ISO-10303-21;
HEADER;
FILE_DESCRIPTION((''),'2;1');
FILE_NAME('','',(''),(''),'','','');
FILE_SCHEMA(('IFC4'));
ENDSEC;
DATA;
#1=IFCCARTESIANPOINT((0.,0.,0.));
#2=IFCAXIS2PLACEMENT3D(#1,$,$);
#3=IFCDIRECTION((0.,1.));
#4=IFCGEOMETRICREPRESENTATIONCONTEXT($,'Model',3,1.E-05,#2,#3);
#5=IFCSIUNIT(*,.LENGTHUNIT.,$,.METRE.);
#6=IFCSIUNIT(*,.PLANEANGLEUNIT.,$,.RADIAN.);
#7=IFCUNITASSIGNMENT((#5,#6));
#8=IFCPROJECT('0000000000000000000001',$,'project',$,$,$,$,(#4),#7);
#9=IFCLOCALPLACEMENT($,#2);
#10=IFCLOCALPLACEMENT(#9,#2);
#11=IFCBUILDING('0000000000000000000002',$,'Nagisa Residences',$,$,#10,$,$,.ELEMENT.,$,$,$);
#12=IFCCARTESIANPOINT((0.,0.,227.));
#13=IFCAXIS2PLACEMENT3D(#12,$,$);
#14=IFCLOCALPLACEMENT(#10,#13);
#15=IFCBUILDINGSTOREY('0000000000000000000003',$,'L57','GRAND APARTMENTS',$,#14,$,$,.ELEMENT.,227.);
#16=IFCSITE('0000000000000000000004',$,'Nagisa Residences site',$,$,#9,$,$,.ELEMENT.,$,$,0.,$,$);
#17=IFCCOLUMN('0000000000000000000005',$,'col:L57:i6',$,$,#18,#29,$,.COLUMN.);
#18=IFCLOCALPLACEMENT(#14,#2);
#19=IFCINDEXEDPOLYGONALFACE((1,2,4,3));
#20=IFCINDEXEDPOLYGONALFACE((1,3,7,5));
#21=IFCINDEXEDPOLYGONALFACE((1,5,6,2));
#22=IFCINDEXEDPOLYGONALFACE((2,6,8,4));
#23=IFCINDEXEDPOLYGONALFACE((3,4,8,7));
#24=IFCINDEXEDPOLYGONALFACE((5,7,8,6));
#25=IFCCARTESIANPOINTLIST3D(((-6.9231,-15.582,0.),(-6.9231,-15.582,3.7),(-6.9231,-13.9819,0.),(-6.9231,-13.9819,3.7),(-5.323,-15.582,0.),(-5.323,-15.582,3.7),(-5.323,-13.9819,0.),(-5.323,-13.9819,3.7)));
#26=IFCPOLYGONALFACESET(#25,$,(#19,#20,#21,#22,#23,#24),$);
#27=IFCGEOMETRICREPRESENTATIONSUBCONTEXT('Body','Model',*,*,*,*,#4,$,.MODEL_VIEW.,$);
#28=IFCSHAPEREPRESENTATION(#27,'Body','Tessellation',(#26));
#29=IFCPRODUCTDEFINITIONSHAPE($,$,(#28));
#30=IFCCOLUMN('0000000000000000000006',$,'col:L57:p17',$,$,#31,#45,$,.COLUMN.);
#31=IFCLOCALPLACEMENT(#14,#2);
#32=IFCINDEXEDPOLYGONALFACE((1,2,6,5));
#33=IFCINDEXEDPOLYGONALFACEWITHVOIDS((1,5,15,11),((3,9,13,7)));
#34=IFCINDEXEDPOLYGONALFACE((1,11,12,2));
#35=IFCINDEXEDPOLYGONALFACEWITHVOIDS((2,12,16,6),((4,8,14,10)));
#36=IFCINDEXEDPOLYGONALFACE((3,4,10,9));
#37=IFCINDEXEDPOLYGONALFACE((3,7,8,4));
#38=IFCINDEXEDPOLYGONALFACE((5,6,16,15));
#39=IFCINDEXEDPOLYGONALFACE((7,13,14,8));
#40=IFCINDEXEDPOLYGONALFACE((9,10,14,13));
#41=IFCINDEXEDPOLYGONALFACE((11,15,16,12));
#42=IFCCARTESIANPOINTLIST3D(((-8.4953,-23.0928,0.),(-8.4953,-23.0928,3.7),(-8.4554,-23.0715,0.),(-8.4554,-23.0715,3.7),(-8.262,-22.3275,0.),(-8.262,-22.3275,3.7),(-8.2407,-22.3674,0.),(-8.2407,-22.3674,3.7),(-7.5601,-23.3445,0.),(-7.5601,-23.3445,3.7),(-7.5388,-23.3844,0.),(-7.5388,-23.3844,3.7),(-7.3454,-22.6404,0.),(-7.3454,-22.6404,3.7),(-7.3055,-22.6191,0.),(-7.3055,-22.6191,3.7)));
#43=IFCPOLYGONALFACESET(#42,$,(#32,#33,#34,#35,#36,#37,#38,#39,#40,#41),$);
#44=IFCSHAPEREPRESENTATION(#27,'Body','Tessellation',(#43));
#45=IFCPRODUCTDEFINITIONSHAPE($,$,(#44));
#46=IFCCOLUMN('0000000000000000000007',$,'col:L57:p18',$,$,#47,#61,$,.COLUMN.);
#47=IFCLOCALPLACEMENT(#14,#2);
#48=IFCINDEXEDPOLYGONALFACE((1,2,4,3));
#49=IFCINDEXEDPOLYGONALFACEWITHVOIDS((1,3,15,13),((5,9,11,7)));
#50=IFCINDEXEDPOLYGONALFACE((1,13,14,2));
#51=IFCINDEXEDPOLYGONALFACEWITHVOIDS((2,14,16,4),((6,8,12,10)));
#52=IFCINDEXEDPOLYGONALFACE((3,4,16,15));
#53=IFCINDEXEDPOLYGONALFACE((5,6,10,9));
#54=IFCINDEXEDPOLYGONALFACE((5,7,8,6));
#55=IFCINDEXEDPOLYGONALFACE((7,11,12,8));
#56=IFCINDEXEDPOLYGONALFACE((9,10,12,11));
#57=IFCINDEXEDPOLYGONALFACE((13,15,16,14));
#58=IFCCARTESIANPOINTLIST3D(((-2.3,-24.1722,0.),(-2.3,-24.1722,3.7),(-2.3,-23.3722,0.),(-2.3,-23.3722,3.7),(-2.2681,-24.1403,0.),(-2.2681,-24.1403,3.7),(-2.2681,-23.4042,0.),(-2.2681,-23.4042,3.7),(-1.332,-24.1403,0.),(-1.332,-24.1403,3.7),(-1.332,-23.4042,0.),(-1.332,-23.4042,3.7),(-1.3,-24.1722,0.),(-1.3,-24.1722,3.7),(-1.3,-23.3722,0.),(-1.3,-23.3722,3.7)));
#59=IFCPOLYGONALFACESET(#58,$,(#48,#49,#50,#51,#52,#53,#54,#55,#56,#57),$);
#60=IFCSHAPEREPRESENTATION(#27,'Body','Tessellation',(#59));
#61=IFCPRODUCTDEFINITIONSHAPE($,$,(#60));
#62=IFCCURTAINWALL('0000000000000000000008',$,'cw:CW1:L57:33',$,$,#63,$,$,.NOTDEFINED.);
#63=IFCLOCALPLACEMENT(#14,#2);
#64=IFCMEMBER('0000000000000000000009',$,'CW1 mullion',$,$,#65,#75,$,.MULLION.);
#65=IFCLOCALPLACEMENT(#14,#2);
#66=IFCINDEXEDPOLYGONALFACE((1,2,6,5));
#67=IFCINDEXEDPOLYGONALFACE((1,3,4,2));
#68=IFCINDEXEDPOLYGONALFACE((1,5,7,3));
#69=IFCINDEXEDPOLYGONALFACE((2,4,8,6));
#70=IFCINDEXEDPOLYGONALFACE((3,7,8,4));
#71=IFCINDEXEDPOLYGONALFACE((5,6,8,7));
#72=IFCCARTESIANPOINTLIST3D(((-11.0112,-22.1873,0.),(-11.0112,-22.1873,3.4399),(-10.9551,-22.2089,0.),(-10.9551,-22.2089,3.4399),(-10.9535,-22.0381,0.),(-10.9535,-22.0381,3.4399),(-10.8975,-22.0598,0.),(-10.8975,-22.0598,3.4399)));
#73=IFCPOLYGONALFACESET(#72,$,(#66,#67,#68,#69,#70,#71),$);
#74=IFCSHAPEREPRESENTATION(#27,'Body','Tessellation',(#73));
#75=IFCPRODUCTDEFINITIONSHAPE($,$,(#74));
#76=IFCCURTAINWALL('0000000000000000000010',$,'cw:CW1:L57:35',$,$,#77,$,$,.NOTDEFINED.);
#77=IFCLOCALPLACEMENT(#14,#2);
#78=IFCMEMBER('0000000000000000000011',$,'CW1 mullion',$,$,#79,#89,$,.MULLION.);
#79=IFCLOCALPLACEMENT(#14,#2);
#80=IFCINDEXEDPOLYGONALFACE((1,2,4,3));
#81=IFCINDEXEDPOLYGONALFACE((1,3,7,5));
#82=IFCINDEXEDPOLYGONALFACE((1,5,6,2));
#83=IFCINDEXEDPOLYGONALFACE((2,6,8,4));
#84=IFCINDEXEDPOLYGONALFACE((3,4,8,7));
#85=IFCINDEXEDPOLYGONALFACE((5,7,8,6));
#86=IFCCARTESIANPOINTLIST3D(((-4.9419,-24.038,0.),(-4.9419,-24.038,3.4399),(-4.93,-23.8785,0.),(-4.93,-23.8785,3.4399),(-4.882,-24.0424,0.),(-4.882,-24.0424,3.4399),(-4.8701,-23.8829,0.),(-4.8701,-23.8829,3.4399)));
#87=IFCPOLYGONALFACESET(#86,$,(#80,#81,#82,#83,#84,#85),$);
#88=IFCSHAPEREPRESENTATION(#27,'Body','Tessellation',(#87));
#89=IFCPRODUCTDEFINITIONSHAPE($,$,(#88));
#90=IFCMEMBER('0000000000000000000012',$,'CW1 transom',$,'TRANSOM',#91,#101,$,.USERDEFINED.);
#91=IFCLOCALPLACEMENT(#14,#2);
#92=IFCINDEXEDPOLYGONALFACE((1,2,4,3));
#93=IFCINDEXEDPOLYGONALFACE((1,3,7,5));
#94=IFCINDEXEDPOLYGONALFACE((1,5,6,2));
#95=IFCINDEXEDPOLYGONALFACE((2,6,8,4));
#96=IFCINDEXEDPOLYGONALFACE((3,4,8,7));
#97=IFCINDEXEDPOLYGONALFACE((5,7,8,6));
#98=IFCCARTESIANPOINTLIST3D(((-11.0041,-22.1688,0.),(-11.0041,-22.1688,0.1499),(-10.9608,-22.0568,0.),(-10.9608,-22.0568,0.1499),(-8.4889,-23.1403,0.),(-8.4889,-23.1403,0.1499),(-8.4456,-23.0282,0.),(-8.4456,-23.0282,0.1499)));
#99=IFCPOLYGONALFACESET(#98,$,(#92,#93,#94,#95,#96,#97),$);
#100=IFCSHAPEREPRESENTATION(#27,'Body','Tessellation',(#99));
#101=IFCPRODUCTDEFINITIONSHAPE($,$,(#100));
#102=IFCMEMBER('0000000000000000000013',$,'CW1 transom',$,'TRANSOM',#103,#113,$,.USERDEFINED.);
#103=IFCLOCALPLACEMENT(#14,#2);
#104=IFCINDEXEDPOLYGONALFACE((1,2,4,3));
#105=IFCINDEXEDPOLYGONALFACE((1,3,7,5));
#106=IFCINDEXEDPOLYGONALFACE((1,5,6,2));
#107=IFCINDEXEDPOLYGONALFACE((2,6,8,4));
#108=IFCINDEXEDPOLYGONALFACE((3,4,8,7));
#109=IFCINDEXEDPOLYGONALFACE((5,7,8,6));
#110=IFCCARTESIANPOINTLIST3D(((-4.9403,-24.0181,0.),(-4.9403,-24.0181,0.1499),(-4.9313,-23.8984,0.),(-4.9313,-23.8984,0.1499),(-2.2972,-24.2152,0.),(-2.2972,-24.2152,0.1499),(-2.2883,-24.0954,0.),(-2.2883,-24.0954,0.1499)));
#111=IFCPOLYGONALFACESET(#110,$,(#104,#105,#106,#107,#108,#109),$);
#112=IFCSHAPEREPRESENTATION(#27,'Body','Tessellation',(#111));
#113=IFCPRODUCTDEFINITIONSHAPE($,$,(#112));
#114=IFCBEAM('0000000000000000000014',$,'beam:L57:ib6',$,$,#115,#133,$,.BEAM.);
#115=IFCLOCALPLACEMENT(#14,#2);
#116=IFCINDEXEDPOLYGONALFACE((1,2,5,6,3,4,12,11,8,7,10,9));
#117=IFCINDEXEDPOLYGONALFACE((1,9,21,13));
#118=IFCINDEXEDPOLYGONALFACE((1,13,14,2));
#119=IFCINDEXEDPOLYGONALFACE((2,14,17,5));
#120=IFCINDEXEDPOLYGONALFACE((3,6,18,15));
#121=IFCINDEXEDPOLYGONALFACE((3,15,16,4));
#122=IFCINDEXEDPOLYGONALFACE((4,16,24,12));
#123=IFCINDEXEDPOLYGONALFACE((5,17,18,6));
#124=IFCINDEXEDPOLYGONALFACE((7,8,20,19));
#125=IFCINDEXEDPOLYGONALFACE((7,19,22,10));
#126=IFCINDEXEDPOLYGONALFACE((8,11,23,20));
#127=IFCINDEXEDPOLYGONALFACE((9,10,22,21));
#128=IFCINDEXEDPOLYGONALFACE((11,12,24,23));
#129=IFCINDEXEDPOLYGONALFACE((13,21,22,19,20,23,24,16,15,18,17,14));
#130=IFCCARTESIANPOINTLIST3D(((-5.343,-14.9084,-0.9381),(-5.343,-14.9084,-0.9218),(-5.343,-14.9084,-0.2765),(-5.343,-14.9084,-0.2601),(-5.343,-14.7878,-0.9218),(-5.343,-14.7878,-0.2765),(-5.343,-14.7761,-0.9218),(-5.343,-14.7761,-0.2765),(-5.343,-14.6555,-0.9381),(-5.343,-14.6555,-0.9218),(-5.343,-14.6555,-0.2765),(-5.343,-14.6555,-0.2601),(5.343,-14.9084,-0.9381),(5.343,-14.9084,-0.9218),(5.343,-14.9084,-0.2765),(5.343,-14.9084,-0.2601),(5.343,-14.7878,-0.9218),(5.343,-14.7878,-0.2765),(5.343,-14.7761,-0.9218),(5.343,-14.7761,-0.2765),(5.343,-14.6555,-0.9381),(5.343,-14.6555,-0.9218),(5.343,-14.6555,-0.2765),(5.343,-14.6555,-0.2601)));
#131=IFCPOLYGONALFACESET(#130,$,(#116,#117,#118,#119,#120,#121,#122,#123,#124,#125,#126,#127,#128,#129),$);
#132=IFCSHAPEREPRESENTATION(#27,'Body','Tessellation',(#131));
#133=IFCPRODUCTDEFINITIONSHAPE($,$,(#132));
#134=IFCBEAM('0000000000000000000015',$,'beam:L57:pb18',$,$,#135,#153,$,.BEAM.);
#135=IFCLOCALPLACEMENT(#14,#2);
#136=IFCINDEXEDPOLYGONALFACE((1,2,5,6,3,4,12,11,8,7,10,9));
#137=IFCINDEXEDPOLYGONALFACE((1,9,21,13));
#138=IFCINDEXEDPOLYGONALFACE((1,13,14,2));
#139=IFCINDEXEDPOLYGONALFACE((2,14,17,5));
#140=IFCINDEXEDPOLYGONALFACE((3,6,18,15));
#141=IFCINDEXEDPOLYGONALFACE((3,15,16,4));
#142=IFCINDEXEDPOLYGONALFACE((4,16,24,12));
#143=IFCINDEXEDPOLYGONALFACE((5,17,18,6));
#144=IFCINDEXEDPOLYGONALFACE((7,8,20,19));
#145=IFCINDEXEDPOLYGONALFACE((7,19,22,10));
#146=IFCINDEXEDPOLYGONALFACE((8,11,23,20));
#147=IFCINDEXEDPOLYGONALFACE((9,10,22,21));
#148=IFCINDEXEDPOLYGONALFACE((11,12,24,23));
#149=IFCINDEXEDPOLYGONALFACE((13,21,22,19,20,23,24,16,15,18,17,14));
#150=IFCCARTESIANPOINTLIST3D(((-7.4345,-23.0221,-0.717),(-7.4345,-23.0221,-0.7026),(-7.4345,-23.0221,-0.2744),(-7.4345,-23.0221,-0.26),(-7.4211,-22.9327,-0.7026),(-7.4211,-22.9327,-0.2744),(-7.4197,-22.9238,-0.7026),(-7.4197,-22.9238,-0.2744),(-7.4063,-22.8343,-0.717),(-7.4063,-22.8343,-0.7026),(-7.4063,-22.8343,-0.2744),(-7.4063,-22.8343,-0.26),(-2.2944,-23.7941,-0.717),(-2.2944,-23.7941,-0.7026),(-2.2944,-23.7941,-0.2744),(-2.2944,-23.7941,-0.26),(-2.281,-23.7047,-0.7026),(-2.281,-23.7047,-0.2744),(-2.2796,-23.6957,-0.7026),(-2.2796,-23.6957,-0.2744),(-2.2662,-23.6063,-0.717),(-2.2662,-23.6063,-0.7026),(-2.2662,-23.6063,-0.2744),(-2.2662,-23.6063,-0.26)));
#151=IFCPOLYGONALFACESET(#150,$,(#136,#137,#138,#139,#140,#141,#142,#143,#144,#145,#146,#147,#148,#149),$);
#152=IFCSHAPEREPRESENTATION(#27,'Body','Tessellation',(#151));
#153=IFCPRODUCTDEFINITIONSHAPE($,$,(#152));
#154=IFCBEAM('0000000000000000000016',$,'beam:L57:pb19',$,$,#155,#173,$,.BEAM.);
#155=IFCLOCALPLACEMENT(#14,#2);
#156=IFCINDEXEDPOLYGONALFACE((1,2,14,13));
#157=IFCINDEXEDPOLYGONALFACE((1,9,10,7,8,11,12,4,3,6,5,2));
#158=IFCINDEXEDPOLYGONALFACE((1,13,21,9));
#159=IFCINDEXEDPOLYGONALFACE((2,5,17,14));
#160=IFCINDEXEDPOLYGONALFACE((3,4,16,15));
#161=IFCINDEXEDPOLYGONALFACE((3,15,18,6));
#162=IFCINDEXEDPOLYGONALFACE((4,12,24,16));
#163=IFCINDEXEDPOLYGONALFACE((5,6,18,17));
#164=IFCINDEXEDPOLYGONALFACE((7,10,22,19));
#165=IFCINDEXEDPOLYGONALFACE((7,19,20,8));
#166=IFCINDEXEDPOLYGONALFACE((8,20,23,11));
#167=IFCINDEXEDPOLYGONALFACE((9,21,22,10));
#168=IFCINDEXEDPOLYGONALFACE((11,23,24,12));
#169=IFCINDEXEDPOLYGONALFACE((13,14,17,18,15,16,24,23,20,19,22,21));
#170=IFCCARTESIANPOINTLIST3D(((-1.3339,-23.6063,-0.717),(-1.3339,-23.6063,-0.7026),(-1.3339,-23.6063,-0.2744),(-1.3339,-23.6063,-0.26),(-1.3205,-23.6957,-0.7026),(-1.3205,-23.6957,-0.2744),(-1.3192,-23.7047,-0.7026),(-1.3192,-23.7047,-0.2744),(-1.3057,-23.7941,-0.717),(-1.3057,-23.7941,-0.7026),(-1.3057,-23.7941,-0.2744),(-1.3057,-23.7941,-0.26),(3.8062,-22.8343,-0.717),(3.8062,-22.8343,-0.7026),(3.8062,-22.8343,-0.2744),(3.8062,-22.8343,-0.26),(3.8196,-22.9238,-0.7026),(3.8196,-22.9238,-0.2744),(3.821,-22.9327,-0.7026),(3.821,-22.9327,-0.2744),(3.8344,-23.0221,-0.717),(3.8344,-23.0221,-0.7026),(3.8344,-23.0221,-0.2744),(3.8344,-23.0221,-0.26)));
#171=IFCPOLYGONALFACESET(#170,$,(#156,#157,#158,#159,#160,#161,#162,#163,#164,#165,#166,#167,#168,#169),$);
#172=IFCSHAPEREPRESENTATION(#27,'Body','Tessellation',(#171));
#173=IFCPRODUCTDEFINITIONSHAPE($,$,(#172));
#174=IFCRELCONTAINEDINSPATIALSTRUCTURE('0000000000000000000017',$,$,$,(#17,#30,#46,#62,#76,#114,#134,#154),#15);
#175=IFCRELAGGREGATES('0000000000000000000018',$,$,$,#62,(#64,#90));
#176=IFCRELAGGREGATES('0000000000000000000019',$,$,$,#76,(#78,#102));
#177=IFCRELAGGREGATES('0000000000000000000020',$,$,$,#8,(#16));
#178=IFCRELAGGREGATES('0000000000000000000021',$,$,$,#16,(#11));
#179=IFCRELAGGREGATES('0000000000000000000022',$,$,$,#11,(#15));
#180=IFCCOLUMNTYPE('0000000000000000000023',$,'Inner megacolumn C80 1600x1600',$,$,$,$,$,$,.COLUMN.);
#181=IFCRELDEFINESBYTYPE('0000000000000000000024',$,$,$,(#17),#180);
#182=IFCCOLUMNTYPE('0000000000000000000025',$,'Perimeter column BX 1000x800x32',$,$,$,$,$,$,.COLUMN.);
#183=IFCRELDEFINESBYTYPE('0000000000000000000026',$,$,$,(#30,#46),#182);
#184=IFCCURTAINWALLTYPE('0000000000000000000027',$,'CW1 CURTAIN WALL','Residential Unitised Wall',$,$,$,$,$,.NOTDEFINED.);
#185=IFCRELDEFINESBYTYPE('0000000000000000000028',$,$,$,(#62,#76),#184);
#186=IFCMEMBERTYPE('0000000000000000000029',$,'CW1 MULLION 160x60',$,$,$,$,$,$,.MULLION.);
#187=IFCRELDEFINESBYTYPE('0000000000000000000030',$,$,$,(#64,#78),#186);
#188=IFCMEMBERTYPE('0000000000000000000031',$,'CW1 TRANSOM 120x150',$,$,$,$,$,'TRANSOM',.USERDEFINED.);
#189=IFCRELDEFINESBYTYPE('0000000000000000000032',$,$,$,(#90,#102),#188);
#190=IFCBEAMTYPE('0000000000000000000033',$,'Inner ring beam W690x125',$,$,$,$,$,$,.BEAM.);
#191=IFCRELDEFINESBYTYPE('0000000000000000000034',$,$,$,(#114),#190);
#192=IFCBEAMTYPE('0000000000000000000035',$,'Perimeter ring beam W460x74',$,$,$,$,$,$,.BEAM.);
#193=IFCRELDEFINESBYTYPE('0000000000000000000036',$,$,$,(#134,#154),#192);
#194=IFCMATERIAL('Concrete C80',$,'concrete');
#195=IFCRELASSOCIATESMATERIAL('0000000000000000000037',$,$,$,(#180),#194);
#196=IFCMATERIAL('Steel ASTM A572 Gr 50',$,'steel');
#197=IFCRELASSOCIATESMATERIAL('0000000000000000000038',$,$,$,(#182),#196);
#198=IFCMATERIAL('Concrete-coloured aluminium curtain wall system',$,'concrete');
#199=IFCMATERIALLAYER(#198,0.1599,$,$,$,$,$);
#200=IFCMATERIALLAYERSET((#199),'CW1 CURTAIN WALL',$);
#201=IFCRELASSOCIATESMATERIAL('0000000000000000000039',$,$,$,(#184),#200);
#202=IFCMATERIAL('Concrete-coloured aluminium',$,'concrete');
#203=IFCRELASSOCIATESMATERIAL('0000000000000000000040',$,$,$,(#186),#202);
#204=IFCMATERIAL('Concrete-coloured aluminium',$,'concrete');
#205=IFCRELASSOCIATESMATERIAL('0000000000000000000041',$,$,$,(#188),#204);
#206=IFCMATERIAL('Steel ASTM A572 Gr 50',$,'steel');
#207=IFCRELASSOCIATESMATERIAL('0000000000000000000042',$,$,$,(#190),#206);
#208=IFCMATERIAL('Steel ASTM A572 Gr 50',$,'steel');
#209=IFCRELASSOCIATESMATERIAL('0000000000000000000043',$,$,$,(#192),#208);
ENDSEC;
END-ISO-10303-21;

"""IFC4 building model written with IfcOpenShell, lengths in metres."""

from ifc_helpers import new_model, si_unit, direction, frame, origin, origin_2d, place, context, subcontext, project, spatial, rectangle, hollow_rectangle, i_section, extrude, material, layer, layer_set, material_profile, profile_set, type_object, element, aggregate, save


model = new_model("IFC4")

# Units and contexts
model_context = context("Model", 3, precision=1e-05, world=origin(), true_north=direction((0.0, 1.0)))
body_context = subcontext(model_context, "Body", "Model", "MODEL_VIEW")
ifc_project = project(units=[si_unit("LENGTHUNIT", "METRE"), si_unit("PLANEANGLEUNIT", "RADIAN")], contexts=[model_context])

# Site, building, storey
site_placement = place(None, origin())
site = spatial("IfcSite", under=ifc_project, at=site_placement, Name="Nagisa Residences site", CompositionType="ELEMENT", RefElevation=0.0)
building_placement = place(site_placement, origin())
building = spatial("IfcBuilding", under=site, at=building_placement, Name="Nagisa Residences", CompositionType="ELEMENT")
storey_placement = place(building_placement, frame((0.0, 0.0, 227.0)))
storey = spatial("IfcBuildingStorey", under=building, at=storey_placement, Name="L57", Description="GRAND APARTMENTS", CompositionType="ELEMENT", Elevation=227.0)

# Columns
ifc_material_1 = material(Name="Concrete C80", Category="concrete")
ifc_material_profile_1 = material_profile(ifc_material_1, rectangle(XDim=1.6001, YDim=1.6001, at=origin_2d()), Name="C80 1600x1600")
ifc_profile_set_1 = profile_set([ifc_material_profile_1], Name="Concrete C80")
column_type_1 = type_object("IfcColumnType", Name="Inner megacolumn C80 1600x1600", PredefinedType="COLUMN", material=ifc_profile_set_1)
column_placement = place(storey_placement, frame((-6.123, -14.782, 0.0), z_axis=(0.0, 0.0, 1.0), x_axis=(1.0, 0.0, 0.0)))
element("IfcColumn", 1, at=column_placement, inside=storey, type_object=column_type_1, Name="col:L57:i6", PredefinedType="COLUMN", context=body_context, shape_type="SweptSolid", body=[
    extrude(rectangle(XDim=1.6001, YDim=1.6001, at=origin_2d()), origin(), (0.0, 0.0, 1.0), 3.7),
])
ifc_material_2 = material(Name="Steel ASTM A572 Gr 50", Category="steel")
ifc_material_profile_2 = material_profile(ifc_material_2, hollow_rectangle(XDim=1.0, YDim=0.8, WallThickness=0.032, at=origin_2d()), Name="BX 1000x800x32")
ifc_profile_set_2 = profile_set([ifc_material_profile_2], Name="Steel ASTM A572 Gr 50")
column_type_2 = type_object("IfcColumnType", Name="Perimeter column BX 1000x800x32", PredefinedType="COLUMN", material=ifc_profile_set_2)
for number, where, z_axis, x_axis, name in (
    (2, (-7.9004, -22.856, 0.0), (0.0, 0.0, 1.0), (0.956525, -0.291652, 0.0), "col:L57:p17"),
    (3, (-1.8, -23.7722, 0.0), (0.0, 0.0, 1.0), (1.0, 0.0, 0.0), "col:L57:p18"),
):
    element("IfcColumn", number, at=place(storey_placement, frame(where, z_axis=z_axis, x_axis=x_axis)), inside=storey, type_object=column_type_2, Name=name, PredefinedType="COLUMN", context=body_context, shape_type="SweptSolid", body=[
        extrude(hollow_rectangle(XDim=1.0, YDim=0.8, WallThickness=0.032, at=origin_2d()), origin(), (0.0, 0.0, 1.0), 3.7),
    ])

# Curtain walls, members
ifc_material_3 = material(Name="Concrete-coloured aluminium curtain wall system", Category="concrete")
ifc_layer_1 = layer(ifc_material_3, 0.1599)
ifc_layer_set_1 = layer_set([ifc_layer_1], Name="CW1 CURTAIN WALL")
curtain_wall_type = type_object("IfcCurtainWallType", Name="CW1 CURTAIN WALL", Description="Residential Unitised Wall", PredefinedType="NOTDEFINED", material=ifc_layer_set_1)
curtain_wall_1_placement = place(storey_placement, origin())
curtain_wall_1 = element("IfcCurtainWall", 4, at=curtain_wall_1_placement, inside=storey, type_object=curtain_wall_type, Name="cw:CW1:L57:33", PredefinedType="NOTDEFINED")
ifc_material_4 = material(Name="Concrete-coloured aluminium", Category="concrete")
ifc_material_profile_3 = material_profile(ifc_material_4, rectangle(XDim=0.1599, YDim=0.0601, at=origin_2d()), Name="CW1 MULLION 160x60")
ifc_profile_set_3 = profile_set([ifc_material_profile_3], Name="Concrete-coloured aluminium")
member_type_1 = type_object("IfcMemberType", Name="CW1 MULLION 160x60", PredefinedType="MULLION", material=ifc_profile_set_3)
member_1_placement = place(storey_placement, frame((-10.9543, -22.1235, 0.0), z_axis=(0.0, 0.0, 1.0), x_axis=(0.360328, 0.932826, 0.0)))
member_1 = element("IfcMember", 5, at=member_1_placement, type_object=member_type_1, Name="CW1 mullion", PredefinedType="MULLION", context=body_context, shape_type="SweptSolid", body=[
    extrude(rectangle(XDim=0.1599, YDim=0.0601, at=origin_2d()), origin(), (0.0, 0.0, 1.0), 3.4399),
])
curtain_wall_2_placement = place(storey_placement, origin())
curtain_wall_2 = element("IfcCurtainWall", 6, at=curtain_wall_2_placement, inside=storey, type_object=curtain_wall_type, Name="cw:CW1:L57:35", PredefinedType="NOTDEFINED")
member_2_placement = place(storey_placement, frame((-4.906, -23.9604, 0.0), z_axis=(0.0, 0.0, 1.0), x_axis=(0.074377, 0.99723, 0.0)))
member_2 = element("IfcMember", 7, at=member_2_placement, type_object=member_type_1, Name="CW1 mullion", PredefinedType="MULLION", context=body_context, shape_type="SweptSolid", body=[
    extrude(rectangle(XDim=0.1599, YDim=0.0601, at=origin_2d()), origin(), (0.0, 0.0, 1.0), 3.4399),
])

# Members
ifc_material_5 = material(Name="Concrete-coloured aluminium", Category="concrete")
ifc_material_profile_4 = material_profile(ifc_material_5, rectangle(XDim=0.1201, YDim=0.1499, at=origin_2d()), Name="CW1 TRANSOM 120x150")
ifc_profile_set_4 = profile_set([ifc_material_profile_4], Name="Concrete-coloured aluminium")
member_type_2 = type_object("IfcMemberType", Name="CW1 TRANSOM 120x150", ElementType="TRANSOM", PredefinedType="USERDEFINED", material=ifc_profile_set_4)
member_3_placement = place(storey_placement, frame((-10.9824, -22.1128, 0.075), z_axis=(0.932838, -0.360295, 0.0), x_axis=(0.360295, 0.932838, 0.0)))
member_3 = element("IfcMember", 8, at=member_3_placement, type_object=member_type_2, Name="CW1 transom", ObjectType="TRANSOM", PredefinedType="USERDEFINED", context=body_context, shape_type="SweptSolid", body=[
    extrude(rectangle(XDim=0.1201, YDim=0.1499, at=origin_2d()), origin(), (0.0, 0.0, 1.0), 2.6963),
])
member_4_placement = place(storey_placement, frame((-4.9358, -23.9583, 0.075), z_axis=(0.997233, -0.074337, 0.0), x_axis=(0.074337, 0.997233, 0.0)))
member_4 = element("IfcMember", 9, at=member_4_placement, type_object=member_type_2, Name="CW1 transom", ObjectType="TRANSOM", PredefinedType="USERDEFINED", context=body_context, shape_type="SweptSolid", body=[
    extrude(rectangle(XDim=0.1201, YDim=0.1499, at=origin_2d()), origin(), (0.0, 0.0, 1.0), 2.6504),
])

# Beams
ifc_material_6 = material(Name="Steel ASTM A572 Gr 50", Category="steel")
ifc_material_profile_5 = material_profile(ifc_material_6, i_section(OverallWidth=0.2529, OverallDepth=0.678, WebThickness=0.0117, FlangeThickness=0.0164, at=origin_2d()), Name="W690x125")
ifc_profile_set_5 = profile_set([ifc_material_profile_5], Name="Steel ASTM A572 Gr 50")
beam_type_1 = type_object("IfcBeamType", Name="Inner ring beam W690x125", PredefinedType="BEAM", material=ifc_profile_set_5)
beam_1_placement = place(storey_placement, frame((-5.343, -14.782, -0.5991), z_axis=(1.0, 0.0, 0.0), x_axis=(0.0, 1.0, 0.0)))
element("IfcBeam", 10, at=beam_1_placement, inside=storey, type_object=beam_type_1, Name="beam:L57:ib6", PredefinedType="BEAM", context=body_context, shape_type="SweptSolid", body=[
    extrude(i_section(OverallWidth=0.2529, OverallDepth=0.678, WebThickness=0.0117, FlangeThickness=0.0164, at=origin_2d()), origin(), (0.0, 0.0, 1.0), 10.686),
])
ifc_material_7 = material(Name="Steel ASTM A572 Gr 50", Category="steel")
ifc_material_profile_6 = material_profile(ifc_material_7, i_section(OverallWidth=0.1899, OverallDepth=0.457, WebThickness=0.009, FlangeThickness=0.0144, at=origin_2d()), Name="W460x74")
ifc_profile_set_6 = profile_set([ifc_material_profile_6], Name="Steel ASTM A572 Gr 50")
beam_type_2 = type_object("IfcBeamType", Name="Perimeter ring beam W460x74", PredefinedType="BEAM", material=ifc_profile_set_6)
for number, where, z_axis, x_axis, name in (
    (11, (-7.4204, -22.9282, -0.4885), (0.988909, -0.14852, 0.0), (0.14852, 0.988909, 0.0), "beam:L57:pb18"),
    (12, (-1.3198, -23.7002, -0.4885), (0.988909, 0.14852, 0.0), (-0.14852, 0.988909, 0.0), "beam:L57:pb19"),
):
    element("IfcBeam", number, at=place(storey_placement, frame(where, z_axis=z_axis, x_axis=x_axis)), inside=storey, type_object=beam_type_2, Name=name, PredefinedType="BEAM", context=body_context, shape_type="SweptSolid", body=[
        extrude(i_section(OverallWidth=0.1899, OverallDepth=0.457, WebThickness=0.009, FlangeThickness=0.0144, at=origin_2d()), origin(), (0.0, 0.0, 1.0), 5.1978),
    ])

aggregate(curtain_wall_1, [member_1, member_3])
aggregate(curtain_wall_2, [member_2, member_4])

save(model, "model.ifc")
